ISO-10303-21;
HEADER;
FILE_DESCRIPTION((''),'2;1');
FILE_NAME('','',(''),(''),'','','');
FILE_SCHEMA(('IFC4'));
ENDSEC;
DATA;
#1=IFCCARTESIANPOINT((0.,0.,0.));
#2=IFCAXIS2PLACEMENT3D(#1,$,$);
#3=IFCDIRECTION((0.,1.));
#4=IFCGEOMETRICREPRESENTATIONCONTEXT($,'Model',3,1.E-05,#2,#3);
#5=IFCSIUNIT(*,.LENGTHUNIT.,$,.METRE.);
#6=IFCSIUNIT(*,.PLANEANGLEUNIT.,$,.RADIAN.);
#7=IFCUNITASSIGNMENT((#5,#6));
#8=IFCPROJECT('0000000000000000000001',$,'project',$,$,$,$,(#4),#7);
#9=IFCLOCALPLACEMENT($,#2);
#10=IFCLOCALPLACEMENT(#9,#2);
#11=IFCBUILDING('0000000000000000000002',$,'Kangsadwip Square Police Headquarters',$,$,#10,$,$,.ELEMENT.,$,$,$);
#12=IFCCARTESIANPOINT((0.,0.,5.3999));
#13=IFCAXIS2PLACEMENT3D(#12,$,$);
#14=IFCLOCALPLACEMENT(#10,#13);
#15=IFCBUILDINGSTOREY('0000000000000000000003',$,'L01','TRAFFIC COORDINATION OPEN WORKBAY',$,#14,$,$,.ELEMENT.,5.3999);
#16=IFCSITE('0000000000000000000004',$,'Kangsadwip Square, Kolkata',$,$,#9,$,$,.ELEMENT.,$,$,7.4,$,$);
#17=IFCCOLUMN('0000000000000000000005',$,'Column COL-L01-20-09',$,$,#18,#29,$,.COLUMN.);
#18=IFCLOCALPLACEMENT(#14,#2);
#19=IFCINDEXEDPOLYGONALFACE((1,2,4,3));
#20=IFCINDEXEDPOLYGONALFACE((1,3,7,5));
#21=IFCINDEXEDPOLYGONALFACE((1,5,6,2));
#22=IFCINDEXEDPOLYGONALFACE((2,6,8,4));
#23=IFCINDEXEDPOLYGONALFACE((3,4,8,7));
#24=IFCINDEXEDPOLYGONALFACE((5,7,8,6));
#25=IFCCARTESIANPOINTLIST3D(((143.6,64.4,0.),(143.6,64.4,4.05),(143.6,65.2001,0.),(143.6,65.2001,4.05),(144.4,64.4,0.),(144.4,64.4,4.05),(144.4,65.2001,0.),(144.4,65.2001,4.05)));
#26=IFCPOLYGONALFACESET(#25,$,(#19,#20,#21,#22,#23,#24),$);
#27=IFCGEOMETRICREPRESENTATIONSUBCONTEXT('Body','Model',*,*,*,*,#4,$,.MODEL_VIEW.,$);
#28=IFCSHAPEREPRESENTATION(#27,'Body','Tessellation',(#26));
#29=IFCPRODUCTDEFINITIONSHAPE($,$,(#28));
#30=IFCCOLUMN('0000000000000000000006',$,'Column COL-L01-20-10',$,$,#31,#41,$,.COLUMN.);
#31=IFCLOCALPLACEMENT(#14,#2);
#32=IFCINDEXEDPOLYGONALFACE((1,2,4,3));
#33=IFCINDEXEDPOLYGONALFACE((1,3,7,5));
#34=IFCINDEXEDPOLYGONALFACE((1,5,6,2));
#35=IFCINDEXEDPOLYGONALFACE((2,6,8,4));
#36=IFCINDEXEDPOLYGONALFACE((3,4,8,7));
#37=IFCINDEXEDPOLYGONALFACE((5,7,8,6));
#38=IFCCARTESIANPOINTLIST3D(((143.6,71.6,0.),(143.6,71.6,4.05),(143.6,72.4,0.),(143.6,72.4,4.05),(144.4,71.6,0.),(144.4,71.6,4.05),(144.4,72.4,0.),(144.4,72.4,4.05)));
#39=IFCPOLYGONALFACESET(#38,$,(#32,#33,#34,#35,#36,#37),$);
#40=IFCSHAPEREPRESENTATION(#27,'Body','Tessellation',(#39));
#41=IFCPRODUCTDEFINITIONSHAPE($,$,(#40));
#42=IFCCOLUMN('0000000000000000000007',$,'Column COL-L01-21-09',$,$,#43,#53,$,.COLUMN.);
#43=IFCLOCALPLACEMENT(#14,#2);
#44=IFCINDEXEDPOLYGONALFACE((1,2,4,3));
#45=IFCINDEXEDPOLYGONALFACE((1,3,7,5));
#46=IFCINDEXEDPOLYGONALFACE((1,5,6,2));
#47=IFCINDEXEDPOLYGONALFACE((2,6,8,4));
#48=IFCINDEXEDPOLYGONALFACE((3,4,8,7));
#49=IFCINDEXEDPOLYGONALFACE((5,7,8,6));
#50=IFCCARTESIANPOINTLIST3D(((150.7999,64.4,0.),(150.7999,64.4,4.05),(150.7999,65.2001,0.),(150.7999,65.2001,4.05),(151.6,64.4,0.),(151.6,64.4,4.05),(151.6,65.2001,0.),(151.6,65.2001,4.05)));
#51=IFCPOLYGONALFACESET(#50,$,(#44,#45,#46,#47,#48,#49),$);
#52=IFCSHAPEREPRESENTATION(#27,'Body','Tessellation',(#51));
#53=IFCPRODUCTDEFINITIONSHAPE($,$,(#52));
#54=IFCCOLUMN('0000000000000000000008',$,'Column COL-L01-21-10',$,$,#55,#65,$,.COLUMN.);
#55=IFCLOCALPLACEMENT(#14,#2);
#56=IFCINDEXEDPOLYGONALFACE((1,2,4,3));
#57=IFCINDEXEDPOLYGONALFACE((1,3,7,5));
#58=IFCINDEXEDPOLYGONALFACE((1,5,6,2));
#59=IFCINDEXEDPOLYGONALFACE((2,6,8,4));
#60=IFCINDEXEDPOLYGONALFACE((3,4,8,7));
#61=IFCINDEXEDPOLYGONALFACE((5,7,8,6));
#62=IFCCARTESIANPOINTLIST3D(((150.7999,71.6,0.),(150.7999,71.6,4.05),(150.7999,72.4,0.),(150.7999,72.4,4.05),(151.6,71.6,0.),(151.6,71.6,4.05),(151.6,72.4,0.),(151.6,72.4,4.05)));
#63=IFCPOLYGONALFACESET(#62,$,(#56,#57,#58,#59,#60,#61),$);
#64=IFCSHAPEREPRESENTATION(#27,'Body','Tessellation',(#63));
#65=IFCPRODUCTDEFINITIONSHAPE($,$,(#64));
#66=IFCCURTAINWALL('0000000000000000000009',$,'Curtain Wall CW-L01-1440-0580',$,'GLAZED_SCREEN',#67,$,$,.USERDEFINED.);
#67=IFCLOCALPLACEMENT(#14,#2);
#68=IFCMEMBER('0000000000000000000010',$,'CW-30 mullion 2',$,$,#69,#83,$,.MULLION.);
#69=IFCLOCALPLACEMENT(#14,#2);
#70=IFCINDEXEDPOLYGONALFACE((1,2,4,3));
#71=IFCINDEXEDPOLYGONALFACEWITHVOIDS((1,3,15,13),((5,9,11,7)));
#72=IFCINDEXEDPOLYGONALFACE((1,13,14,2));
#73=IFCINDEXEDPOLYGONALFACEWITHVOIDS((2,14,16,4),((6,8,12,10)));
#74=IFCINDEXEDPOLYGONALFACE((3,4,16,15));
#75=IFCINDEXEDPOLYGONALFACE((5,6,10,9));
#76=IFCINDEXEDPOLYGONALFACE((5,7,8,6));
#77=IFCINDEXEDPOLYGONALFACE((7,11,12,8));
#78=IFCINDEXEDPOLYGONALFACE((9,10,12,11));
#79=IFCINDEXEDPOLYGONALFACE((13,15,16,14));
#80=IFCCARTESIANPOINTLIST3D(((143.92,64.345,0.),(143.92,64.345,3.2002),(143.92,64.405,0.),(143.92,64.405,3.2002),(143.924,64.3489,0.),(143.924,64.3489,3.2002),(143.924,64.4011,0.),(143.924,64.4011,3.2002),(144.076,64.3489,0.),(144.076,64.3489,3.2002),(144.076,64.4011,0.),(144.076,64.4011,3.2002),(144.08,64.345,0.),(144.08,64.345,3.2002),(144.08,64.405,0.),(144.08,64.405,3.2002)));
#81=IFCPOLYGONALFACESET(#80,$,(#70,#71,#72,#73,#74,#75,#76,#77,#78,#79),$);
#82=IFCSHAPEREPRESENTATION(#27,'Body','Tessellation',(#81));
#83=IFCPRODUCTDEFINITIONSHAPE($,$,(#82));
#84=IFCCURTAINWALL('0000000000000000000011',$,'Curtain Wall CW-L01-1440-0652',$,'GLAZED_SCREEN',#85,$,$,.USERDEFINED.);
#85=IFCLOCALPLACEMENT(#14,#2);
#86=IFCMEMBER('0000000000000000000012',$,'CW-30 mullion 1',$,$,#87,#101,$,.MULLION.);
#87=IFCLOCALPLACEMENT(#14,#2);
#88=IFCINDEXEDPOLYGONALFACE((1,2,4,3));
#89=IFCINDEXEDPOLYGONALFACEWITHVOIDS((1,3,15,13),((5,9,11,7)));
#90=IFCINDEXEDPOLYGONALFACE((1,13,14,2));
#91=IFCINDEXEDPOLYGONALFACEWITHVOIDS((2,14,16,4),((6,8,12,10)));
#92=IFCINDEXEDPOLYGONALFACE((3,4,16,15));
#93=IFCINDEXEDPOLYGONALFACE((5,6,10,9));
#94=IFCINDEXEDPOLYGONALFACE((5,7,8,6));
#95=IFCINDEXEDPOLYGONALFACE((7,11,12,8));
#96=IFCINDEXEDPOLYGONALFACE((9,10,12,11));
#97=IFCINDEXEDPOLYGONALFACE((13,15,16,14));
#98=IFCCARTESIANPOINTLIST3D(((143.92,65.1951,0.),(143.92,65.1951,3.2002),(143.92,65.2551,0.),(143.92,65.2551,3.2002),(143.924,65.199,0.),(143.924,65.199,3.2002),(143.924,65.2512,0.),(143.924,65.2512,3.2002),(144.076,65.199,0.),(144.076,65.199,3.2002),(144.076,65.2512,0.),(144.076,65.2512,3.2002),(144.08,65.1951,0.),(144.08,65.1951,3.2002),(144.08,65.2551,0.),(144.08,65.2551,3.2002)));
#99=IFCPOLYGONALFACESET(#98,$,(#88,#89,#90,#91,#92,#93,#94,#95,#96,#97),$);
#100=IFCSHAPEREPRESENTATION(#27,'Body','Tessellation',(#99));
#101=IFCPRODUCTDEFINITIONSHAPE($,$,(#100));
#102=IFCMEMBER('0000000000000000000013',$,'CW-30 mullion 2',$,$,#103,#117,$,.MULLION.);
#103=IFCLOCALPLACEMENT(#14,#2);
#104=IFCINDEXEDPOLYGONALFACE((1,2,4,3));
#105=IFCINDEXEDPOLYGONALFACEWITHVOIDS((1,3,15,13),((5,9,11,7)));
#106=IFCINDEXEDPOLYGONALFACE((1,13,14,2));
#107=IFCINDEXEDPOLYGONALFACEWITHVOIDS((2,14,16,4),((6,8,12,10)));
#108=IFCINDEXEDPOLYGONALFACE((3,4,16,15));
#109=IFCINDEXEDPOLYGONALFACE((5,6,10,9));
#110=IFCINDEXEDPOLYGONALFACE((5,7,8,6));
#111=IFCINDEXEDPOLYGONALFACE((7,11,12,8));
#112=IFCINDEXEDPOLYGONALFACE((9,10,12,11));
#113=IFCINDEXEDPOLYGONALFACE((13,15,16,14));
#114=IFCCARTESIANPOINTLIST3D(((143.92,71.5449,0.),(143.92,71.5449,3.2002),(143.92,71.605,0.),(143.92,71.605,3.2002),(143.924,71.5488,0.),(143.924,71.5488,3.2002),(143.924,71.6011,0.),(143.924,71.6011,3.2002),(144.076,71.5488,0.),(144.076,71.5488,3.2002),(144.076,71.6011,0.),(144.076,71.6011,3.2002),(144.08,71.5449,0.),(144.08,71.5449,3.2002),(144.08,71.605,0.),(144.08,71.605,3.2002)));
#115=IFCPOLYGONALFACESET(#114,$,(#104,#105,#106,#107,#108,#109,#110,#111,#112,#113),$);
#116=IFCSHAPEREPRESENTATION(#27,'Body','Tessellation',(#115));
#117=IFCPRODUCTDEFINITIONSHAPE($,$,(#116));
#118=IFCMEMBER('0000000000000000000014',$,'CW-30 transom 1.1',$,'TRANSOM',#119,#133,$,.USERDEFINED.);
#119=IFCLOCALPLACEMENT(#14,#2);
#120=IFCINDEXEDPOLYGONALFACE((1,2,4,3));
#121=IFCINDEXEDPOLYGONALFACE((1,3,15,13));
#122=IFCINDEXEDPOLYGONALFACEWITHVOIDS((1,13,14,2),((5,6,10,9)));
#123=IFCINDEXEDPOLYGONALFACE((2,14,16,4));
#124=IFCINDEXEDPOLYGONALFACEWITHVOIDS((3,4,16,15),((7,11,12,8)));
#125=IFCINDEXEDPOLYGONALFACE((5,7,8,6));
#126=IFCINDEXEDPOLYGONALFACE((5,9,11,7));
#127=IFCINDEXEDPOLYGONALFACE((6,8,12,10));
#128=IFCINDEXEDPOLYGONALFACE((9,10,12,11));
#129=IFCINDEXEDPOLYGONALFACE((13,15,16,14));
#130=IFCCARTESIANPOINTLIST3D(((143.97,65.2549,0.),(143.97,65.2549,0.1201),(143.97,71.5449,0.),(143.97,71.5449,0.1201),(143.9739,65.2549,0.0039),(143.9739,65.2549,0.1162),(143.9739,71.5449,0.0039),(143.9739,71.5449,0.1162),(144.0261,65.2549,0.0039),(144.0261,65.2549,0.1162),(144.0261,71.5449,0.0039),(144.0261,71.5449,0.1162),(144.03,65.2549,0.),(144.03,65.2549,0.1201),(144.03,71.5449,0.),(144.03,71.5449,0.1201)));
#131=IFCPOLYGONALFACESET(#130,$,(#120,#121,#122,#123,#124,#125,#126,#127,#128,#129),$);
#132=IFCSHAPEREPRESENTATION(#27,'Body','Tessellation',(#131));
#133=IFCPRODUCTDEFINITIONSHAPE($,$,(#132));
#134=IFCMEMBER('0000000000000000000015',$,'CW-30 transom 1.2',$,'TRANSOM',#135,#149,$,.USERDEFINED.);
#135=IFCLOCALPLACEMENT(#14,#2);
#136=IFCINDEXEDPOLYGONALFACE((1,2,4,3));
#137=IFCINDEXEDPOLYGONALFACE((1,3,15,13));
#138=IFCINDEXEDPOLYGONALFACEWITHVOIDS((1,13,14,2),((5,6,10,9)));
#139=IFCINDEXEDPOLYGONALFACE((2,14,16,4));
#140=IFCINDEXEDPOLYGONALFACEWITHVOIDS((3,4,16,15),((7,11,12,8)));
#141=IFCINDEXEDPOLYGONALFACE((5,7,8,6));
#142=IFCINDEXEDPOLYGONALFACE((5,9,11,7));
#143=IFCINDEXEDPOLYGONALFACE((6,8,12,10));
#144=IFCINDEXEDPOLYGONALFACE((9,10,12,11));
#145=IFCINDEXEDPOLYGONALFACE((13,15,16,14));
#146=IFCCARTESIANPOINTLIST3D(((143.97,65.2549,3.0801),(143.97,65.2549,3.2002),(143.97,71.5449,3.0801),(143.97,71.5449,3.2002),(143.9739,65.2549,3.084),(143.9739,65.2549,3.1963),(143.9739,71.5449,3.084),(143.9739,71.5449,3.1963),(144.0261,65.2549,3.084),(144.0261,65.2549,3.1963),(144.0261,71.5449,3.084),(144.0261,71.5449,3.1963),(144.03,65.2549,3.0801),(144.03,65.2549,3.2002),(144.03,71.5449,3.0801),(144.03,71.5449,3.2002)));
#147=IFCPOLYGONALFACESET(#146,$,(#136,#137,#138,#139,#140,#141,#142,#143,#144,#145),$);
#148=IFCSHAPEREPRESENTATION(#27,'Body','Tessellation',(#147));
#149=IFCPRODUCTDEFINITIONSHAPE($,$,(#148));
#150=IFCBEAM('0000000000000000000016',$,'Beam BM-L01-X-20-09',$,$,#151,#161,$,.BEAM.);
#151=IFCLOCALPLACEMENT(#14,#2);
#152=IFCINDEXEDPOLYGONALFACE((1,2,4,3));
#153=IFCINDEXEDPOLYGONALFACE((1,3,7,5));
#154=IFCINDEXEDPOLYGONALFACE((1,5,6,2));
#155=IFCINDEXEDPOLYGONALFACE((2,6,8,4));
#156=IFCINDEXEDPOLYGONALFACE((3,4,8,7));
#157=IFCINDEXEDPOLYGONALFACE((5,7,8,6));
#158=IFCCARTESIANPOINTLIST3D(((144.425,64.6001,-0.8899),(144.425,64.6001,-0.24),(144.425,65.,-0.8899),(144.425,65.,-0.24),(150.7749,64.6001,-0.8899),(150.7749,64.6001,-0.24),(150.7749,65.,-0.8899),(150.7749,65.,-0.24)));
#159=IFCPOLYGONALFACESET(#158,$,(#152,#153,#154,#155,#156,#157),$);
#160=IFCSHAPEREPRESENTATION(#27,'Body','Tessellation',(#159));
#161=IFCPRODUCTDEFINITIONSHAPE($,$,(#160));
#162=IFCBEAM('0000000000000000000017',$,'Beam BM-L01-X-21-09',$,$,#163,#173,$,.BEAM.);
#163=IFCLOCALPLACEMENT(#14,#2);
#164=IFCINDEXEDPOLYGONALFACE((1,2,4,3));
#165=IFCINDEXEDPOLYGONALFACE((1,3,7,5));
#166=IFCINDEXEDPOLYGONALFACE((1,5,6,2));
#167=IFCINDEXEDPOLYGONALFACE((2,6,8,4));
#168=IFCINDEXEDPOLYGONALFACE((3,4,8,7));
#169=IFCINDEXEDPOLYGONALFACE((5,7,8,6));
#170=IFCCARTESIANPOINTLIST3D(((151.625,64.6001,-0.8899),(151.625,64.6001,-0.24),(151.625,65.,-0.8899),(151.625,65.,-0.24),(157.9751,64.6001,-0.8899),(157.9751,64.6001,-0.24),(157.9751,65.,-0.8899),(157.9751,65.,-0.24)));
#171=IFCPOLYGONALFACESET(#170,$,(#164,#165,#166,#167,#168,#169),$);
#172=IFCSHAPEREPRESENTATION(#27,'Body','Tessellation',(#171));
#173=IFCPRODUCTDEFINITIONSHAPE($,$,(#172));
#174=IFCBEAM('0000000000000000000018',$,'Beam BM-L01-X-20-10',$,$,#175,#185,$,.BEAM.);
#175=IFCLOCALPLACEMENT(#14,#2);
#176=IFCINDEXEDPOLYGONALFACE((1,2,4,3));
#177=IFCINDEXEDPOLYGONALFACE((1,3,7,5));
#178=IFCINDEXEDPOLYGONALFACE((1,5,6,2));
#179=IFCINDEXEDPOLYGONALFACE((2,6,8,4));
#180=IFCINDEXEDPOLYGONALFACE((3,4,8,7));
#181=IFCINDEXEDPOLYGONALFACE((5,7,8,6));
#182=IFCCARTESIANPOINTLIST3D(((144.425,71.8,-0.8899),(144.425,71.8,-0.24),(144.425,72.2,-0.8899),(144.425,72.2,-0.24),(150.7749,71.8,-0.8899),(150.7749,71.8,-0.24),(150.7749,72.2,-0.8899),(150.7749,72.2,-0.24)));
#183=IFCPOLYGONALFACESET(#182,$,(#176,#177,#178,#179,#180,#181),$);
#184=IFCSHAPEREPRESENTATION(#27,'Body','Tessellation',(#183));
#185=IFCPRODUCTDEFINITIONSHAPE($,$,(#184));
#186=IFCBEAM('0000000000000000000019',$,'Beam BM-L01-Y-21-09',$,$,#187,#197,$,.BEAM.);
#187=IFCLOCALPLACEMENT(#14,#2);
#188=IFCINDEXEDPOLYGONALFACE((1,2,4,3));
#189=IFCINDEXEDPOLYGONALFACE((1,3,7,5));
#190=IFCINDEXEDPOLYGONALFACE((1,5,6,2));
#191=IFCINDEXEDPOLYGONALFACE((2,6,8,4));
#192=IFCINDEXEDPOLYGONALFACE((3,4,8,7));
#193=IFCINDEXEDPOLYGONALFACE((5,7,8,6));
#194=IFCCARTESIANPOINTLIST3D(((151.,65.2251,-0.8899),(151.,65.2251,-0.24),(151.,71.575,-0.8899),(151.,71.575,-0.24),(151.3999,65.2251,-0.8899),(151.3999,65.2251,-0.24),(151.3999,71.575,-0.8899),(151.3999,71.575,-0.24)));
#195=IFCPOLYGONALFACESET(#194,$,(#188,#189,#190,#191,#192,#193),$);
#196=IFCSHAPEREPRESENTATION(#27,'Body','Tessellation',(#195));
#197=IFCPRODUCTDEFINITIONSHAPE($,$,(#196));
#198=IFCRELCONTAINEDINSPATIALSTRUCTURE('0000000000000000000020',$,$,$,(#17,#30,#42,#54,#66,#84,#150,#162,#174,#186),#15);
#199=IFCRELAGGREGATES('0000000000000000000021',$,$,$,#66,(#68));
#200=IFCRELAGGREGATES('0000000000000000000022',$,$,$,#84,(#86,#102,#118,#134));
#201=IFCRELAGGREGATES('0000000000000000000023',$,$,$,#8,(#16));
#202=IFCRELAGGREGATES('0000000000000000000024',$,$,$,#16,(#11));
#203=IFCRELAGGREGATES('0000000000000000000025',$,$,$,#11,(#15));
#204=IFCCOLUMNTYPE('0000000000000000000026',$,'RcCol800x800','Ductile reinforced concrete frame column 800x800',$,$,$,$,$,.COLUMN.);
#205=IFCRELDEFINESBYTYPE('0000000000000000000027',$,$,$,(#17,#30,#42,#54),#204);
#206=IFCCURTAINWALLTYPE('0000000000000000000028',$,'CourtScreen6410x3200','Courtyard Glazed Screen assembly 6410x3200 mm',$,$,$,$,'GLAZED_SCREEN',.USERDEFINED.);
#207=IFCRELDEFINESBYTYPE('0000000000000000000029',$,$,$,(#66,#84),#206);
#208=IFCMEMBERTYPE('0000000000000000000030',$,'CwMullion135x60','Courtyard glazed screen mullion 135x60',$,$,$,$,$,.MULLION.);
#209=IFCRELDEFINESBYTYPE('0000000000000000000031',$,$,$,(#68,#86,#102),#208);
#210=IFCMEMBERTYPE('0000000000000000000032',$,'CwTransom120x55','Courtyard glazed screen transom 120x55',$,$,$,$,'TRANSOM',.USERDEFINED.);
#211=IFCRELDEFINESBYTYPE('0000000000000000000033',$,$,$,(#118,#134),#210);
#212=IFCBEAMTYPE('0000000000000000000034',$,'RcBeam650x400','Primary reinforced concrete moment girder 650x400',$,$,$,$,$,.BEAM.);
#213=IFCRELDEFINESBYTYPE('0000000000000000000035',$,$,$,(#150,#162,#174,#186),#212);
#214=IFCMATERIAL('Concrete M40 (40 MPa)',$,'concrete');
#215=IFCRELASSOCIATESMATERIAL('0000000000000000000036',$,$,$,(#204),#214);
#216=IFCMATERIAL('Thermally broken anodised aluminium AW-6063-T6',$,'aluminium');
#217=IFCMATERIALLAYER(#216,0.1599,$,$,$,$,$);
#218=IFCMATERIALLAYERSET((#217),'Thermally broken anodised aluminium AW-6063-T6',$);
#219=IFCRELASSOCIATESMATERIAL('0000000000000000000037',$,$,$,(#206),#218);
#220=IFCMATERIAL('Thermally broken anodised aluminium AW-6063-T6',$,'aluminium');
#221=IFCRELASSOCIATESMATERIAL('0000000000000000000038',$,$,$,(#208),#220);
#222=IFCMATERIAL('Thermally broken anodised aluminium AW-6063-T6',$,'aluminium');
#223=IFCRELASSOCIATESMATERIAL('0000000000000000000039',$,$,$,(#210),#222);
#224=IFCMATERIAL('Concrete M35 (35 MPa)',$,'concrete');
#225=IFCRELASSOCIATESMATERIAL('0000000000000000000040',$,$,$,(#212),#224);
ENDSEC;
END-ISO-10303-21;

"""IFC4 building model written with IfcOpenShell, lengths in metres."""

from ifc_helpers import new_model, si_unit, direction, frame, origin, origin_2d, place, context, subcontext, project, spatial, rectangle, hollow_rectangle, extrude, material, layer, layer_set, material_profile, profile_set, type_object, element, aggregate, save


model = new_model("IFC4")

# Units and contexts
model_context = context("Model", 3, precision=1e-05, world=origin(), true_north=direction((0.0, 1.0)))
body_context = subcontext(model_context, "Body", "Model", "MODEL_VIEW")
ifc_project = project(units=[si_unit("LENGTHUNIT", "METRE"), si_unit("PLANEANGLEUNIT", "RADIAN")], contexts=[model_context])

# Site, building, storey
site_placement = place(None, origin())
site = spatial("IfcSite", under=ifc_project, at=site_placement, Name="Kangsadwip Square, Kolkata", CompositionType="ELEMENT", RefElevation=7.4)
building_placement = place(site_placement, origin())
building = spatial("IfcBuilding", under=site, at=building_placement, Name="Kangsadwip Square Police Headquarters", CompositionType="ELEMENT")
storey_placement = place(building_placement, frame((0.0, 0.0, 5.3999)))
storey = spatial("IfcBuildingStorey", under=building, at=storey_placement, Name="L01", Description="TRAFFIC COORDINATION OPEN WORKBAY", CompositionType="ELEMENT", Elevation=5.3999)

# Columns
ifc_material_1 = material(Name="Concrete M40 (40 MPa)", Category="concrete")
ifc_material_profile_1 = material_profile(ifc_material_1, rectangle(XDim=0.8, YDim=0.8, at=origin_2d()), Name="RC COL 800X800")
ifc_profile_set_1 = profile_set([ifc_material_profile_1], Name="Concrete M40 (40 MPa)")
column_type = type_object("IfcColumnType", Name="RcCol800x800", Description="Ductile reinforced concrete frame column 800x800", PredefinedType="COLUMN", material=ifc_profile_set_1)
for number, where, z_axis, x_axis, name in (
    (1, (144.0, 64.8, 0.0), (0.0, 0.0, 1.0), (1.0, 0.0, 0.0), "Column COL-L01-20-09"),
    (2, (144.0, 72.0, 0.0), (0.0, 0.0, 1.0), (1.0, 0.0, 0.0), "Column COL-L01-20-10"),
    (3, (151.2, 64.8, 0.0), (0.0, 0.0, 1.0), (1.0, 0.0, 0.0), "Column COL-L01-21-09"),
    (4, (151.2, 72.0, 0.0), (0.0, 0.0, 1.0), (1.0, 0.0, 0.0), "Column COL-L01-21-10"),
):
    element("IfcColumn", number, at=place(storey_placement, frame(where, z_axis=z_axis, x_axis=x_axis)), inside=storey, type_object=column_type, Name=name, PredefinedType="COLUMN", context=body_context, shape_type="SweptSolid", body=[
        extrude(rectangle(XDim=0.8, YDim=0.8, at=origin_2d()), origin(), (0.0, 0.0, 1.0), 4.05),
    ])

# Curtain wall, member
ifc_material_2 = material(Name="Thermally broken anodised aluminium AW-6063-T6", Category="aluminium")
ifc_layer_1 = layer(ifc_material_2, 0.1599)
ifc_layer_set_1 = layer_set([ifc_layer_1], Name="Thermally broken anodised aluminium AW-6063-T6")
curtain_wall_type = type_object("IfcCurtainWallType", Name="CourtScreen6410x3200", Description="Courtyard Glazed Screen assembly 6410x3200 mm", ElementType="GLAZED_SCREEN", PredefinedType="USERDEFINED", material=ifc_layer_set_1)
curtain_wall_1_placement = place(storey_placement, origin())
curtain_wall_1 = element("IfcCurtainWall", 5, at=curtain_wall_1_placement, inside=storey, type_object=curtain_wall_type, Name="Curtain Wall CW-L01-1440-0580", ObjectType="GLAZED_SCREEN", PredefinedType="USERDEFINED")
ifc_material_3 = material(Name="Thermally broken anodised aluminium AW-6063-T6", Category="aluminium")
ifc_material_profile_2 = material_profile(ifc_material_3, hollow_rectangle(XDim=0.0601, YDim=0.1599, WallThickness=0.0039, at=origin_2d()), Name="CWM 160X60X4")
ifc_profile_set_2 = profile_set([ifc_material_profile_2], Name="Thermally broken anodised aluminium AW-6063-T6")
member_type_1 = type_object("IfcMemberType", Name="CwMullion135x60", Description="Courtyard glazed screen mullion 135x60", PredefinedType="MULLION", material=ifc_profile_set_2)
member_1_placement = place(storey_placement, frame((144.0, 64.375, 0.0), z_axis=(0.0, 0.0, 1.0), x_axis=(0.0, 1.0, 0.0)))
member_1 = element("IfcMember", 6, at=member_1_placement, type_object=member_type_1, Name="CW-30 mullion 2", PredefinedType="MULLION", context=body_context, shape_type="SweptSolid", body=[
    extrude(hollow_rectangle(XDim=0.0601, YDim=0.1599, WallThickness=0.0039, at=origin_2d()), origin(), (0.0, 0.0, 1.0), 3.2002),
])

# Curtain wall, members
curtain_wall_2_placement = place(storey_placement, origin())
curtain_wall_2 = element("IfcCurtainWall", 7, at=curtain_wall_2_placement, inside=storey, type_object=curtain_wall_type, Name="Curtain Wall CW-L01-1440-0652", ObjectType="GLAZED_SCREEN", PredefinedType="USERDEFINED")
member_2_placement = place(storey_placement, frame((144.0, 65.2251, 0.0), z_axis=(0.0, 0.0, 1.0), x_axis=(0.0, 1.0, 0.0)))
member_2 = element("IfcMember", 8, at=member_2_placement, type_object=member_type_1, Name="CW-30 mullion 1", PredefinedType="MULLION", context=body_context, shape_type="SweptSolid", body=[
    extrude(hollow_rectangle(XDim=0.0601, YDim=0.1599, WallThickness=0.0039, at=origin_2d()), origin(), (0.0, 0.0, 1.0), 3.2002),
])
member_3_placement = place(storey_placement, frame((144.0, 71.575, 0.0), z_axis=(0.0, 0.0, 1.0), x_axis=(0.0, 1.0, 0.0)))
member_3 = element("IfcMember", 9, at=member_3_placement, type_object=member_type_1, Name="CW-30 mullion 2", PredefinedType="MULLION", context=body_context, shape_type="SweptSolid", body=[
    extrude(hollow_rectangle(XDim=0.0601, YDim=0.1599, WallThickness=0.0039, at=origin_2d()), origin(), (0.0, 0.0, 1.0), 3.2002),
])
ifc_material_4 = material(Name="Thermally broken anodised aluminium AW-6063-T6", Category="aluminium")
ifc_material_profile_3 = material_profile(ifc_material_4, hollow_rectangle(XDim=0.0601, YDim=0.1201, WallThickness=0.0039, at=origin_2d()), Name="CWT 120X60X4")
ifc_profile_set_3 = profile_set([ifc_material_profile_3], Name="Thermally broken anodised aluminium AW-6063-T6")
member_type_2 = type_object("IfcMemberType", Name="CwTransom120x55", Description="Courtyard glazed screen transom 120x55", ElementType="TRANSOM", PredefinedType="USERDEFINED", material=ifc_profile_set_3)
member_4_placement = place(storey_placement, frame((144.0, 65.2549, 0.0601), z_axis=(0.0, 1.0, 0.0), x_axis=(-1.0, 0.0, 0.0)))
member_4 = element("IfcMember", 10, at=member_4_placement, type_object=member_type_2, Name="CW-30 transom 1.1", ObjectType="TRANSOM", PredefinedType="USERDEFINED", context=body_context, shape_type="SweptSolid", body=[
    extrude(hollow_rectangle(XDim=0.0601, YDim=0.1201, WallThickness=0.0039, at=origin_2d()), origin(), (0.0, 0.0, 1.0), 6.29),
])
member_5_placement = place(storey_placement, frame((144.0, 65.2549, 3.1401), z_axis=(0.0, 1.0, 0.0), x_axis=(-1.0, 0.0, 0.0)))
member_5 = element("IfcMember", 11, at=member_5_placement, type_object=member_type_2, Name="CW-30 transom 1.2", ObjectType="TRANSOM", PredefinedType="USERDEFINED", context=body_context, shape_type="SweptSolid", body=[
    extrude(hollow_rectangle(XDim=0.0601, YDim=0.1201, WallThickness=0.0039, at=origin_2d()), origin(), (0.0, 0.0, 1.0), 6.29),
])

# Beams
ifc_material_5 = material(Name="Concrete M35 (35 MPa)", Category="concrete")
ifc_material_profile_4 = material_profile(ifc_material_5, rectangle(XDim=0.3999, YDim=0.6499, at=origin_2d()), Name="RC BM 650X400")
ifc_profile_set_4 = profile_set([ifc_material_profile_4], Name="Concrete M35 (35 MPa)")
beam_type_1 = type_object("IfcBeamType", Name="RcBeam650x400", Description="Primary reinforced concrete moment girder 650x400", PredefinedType="BEAM", material=ifc_profile_set_4)
beam_1_placement = place(storey_placement, frame((144.425, 64.8, -0.5649), z_axis=(1.0, 0.0, 0.0), x_axis=(0.0, 1.0, 0.0)))
element("IfcBeam", 12, at=beam_1_placement, inside=storey, type_object=beam_type_1, Name="Beam BM-L01-X-20-09", PredefinedType="BEAM", context=body_context, shape_type="SweptSolid", body=[
    extrude(rectangle(XDim=0.3999, YDim=0.6499, at=origin_2d()), origin(), (0.0, 0.0, 1.0), 6.3499),
])
beam_2_placement = place(storey_placement, frame((151.625, 64.8, -0.5649), z_axis=(1.0, 0.0, 0.0), x_axis=(0.0, 1.0, 0.0)))
element("IfcBeam", 13, at=beam_2_placement, inside=storey, type_object=beam_type_1, Name="Beam BM-L01-X-21-09", PredefinedType="BEAM", context=body_context, shape_type="SweptSolid", body=[
    extrude(rectangle(XDim=0.3999, YDim=0.6499, at=origin_2d()), origin(), (0.0, 0.0, 1.0), 6.3501),
])
for number, where, z_axis, x_axis, name in (
    (14, (144.425, 72.0, -0.5649), (1.0, 0.0, 0.0), (0.0, 1.0, 0.0), "Beam BM-L01-X-20-10"),
    (15, (151.2, 65.2251, -0.5649), (0.0, 1.0, 0.0), (-1.0, 0.0, 0.0), "Beam BM-L01-Y-21-09"),
):
    element("IfcBeam", number, at=place(storey_placement, frame(where, z_axis=z_axis, x_axis=x_axis)), inside=storey, type_object=beam_type_1, Name=name, PredefinedType="BEAM", context=body_context, shape_type="SweptSolid", body=[
        extrude(rectangle(XDim=0.3999, YDim=0.6499, at=origin_2d()), origin(), (0.0, 0.0, 1.0), 6.3499),
    ])

aggregate(curtain_wall_1, [member_1])
aggregate(curtain_wall_2, [member_2, member_3, member_4, member_5])

save(model, "model.ifc")
